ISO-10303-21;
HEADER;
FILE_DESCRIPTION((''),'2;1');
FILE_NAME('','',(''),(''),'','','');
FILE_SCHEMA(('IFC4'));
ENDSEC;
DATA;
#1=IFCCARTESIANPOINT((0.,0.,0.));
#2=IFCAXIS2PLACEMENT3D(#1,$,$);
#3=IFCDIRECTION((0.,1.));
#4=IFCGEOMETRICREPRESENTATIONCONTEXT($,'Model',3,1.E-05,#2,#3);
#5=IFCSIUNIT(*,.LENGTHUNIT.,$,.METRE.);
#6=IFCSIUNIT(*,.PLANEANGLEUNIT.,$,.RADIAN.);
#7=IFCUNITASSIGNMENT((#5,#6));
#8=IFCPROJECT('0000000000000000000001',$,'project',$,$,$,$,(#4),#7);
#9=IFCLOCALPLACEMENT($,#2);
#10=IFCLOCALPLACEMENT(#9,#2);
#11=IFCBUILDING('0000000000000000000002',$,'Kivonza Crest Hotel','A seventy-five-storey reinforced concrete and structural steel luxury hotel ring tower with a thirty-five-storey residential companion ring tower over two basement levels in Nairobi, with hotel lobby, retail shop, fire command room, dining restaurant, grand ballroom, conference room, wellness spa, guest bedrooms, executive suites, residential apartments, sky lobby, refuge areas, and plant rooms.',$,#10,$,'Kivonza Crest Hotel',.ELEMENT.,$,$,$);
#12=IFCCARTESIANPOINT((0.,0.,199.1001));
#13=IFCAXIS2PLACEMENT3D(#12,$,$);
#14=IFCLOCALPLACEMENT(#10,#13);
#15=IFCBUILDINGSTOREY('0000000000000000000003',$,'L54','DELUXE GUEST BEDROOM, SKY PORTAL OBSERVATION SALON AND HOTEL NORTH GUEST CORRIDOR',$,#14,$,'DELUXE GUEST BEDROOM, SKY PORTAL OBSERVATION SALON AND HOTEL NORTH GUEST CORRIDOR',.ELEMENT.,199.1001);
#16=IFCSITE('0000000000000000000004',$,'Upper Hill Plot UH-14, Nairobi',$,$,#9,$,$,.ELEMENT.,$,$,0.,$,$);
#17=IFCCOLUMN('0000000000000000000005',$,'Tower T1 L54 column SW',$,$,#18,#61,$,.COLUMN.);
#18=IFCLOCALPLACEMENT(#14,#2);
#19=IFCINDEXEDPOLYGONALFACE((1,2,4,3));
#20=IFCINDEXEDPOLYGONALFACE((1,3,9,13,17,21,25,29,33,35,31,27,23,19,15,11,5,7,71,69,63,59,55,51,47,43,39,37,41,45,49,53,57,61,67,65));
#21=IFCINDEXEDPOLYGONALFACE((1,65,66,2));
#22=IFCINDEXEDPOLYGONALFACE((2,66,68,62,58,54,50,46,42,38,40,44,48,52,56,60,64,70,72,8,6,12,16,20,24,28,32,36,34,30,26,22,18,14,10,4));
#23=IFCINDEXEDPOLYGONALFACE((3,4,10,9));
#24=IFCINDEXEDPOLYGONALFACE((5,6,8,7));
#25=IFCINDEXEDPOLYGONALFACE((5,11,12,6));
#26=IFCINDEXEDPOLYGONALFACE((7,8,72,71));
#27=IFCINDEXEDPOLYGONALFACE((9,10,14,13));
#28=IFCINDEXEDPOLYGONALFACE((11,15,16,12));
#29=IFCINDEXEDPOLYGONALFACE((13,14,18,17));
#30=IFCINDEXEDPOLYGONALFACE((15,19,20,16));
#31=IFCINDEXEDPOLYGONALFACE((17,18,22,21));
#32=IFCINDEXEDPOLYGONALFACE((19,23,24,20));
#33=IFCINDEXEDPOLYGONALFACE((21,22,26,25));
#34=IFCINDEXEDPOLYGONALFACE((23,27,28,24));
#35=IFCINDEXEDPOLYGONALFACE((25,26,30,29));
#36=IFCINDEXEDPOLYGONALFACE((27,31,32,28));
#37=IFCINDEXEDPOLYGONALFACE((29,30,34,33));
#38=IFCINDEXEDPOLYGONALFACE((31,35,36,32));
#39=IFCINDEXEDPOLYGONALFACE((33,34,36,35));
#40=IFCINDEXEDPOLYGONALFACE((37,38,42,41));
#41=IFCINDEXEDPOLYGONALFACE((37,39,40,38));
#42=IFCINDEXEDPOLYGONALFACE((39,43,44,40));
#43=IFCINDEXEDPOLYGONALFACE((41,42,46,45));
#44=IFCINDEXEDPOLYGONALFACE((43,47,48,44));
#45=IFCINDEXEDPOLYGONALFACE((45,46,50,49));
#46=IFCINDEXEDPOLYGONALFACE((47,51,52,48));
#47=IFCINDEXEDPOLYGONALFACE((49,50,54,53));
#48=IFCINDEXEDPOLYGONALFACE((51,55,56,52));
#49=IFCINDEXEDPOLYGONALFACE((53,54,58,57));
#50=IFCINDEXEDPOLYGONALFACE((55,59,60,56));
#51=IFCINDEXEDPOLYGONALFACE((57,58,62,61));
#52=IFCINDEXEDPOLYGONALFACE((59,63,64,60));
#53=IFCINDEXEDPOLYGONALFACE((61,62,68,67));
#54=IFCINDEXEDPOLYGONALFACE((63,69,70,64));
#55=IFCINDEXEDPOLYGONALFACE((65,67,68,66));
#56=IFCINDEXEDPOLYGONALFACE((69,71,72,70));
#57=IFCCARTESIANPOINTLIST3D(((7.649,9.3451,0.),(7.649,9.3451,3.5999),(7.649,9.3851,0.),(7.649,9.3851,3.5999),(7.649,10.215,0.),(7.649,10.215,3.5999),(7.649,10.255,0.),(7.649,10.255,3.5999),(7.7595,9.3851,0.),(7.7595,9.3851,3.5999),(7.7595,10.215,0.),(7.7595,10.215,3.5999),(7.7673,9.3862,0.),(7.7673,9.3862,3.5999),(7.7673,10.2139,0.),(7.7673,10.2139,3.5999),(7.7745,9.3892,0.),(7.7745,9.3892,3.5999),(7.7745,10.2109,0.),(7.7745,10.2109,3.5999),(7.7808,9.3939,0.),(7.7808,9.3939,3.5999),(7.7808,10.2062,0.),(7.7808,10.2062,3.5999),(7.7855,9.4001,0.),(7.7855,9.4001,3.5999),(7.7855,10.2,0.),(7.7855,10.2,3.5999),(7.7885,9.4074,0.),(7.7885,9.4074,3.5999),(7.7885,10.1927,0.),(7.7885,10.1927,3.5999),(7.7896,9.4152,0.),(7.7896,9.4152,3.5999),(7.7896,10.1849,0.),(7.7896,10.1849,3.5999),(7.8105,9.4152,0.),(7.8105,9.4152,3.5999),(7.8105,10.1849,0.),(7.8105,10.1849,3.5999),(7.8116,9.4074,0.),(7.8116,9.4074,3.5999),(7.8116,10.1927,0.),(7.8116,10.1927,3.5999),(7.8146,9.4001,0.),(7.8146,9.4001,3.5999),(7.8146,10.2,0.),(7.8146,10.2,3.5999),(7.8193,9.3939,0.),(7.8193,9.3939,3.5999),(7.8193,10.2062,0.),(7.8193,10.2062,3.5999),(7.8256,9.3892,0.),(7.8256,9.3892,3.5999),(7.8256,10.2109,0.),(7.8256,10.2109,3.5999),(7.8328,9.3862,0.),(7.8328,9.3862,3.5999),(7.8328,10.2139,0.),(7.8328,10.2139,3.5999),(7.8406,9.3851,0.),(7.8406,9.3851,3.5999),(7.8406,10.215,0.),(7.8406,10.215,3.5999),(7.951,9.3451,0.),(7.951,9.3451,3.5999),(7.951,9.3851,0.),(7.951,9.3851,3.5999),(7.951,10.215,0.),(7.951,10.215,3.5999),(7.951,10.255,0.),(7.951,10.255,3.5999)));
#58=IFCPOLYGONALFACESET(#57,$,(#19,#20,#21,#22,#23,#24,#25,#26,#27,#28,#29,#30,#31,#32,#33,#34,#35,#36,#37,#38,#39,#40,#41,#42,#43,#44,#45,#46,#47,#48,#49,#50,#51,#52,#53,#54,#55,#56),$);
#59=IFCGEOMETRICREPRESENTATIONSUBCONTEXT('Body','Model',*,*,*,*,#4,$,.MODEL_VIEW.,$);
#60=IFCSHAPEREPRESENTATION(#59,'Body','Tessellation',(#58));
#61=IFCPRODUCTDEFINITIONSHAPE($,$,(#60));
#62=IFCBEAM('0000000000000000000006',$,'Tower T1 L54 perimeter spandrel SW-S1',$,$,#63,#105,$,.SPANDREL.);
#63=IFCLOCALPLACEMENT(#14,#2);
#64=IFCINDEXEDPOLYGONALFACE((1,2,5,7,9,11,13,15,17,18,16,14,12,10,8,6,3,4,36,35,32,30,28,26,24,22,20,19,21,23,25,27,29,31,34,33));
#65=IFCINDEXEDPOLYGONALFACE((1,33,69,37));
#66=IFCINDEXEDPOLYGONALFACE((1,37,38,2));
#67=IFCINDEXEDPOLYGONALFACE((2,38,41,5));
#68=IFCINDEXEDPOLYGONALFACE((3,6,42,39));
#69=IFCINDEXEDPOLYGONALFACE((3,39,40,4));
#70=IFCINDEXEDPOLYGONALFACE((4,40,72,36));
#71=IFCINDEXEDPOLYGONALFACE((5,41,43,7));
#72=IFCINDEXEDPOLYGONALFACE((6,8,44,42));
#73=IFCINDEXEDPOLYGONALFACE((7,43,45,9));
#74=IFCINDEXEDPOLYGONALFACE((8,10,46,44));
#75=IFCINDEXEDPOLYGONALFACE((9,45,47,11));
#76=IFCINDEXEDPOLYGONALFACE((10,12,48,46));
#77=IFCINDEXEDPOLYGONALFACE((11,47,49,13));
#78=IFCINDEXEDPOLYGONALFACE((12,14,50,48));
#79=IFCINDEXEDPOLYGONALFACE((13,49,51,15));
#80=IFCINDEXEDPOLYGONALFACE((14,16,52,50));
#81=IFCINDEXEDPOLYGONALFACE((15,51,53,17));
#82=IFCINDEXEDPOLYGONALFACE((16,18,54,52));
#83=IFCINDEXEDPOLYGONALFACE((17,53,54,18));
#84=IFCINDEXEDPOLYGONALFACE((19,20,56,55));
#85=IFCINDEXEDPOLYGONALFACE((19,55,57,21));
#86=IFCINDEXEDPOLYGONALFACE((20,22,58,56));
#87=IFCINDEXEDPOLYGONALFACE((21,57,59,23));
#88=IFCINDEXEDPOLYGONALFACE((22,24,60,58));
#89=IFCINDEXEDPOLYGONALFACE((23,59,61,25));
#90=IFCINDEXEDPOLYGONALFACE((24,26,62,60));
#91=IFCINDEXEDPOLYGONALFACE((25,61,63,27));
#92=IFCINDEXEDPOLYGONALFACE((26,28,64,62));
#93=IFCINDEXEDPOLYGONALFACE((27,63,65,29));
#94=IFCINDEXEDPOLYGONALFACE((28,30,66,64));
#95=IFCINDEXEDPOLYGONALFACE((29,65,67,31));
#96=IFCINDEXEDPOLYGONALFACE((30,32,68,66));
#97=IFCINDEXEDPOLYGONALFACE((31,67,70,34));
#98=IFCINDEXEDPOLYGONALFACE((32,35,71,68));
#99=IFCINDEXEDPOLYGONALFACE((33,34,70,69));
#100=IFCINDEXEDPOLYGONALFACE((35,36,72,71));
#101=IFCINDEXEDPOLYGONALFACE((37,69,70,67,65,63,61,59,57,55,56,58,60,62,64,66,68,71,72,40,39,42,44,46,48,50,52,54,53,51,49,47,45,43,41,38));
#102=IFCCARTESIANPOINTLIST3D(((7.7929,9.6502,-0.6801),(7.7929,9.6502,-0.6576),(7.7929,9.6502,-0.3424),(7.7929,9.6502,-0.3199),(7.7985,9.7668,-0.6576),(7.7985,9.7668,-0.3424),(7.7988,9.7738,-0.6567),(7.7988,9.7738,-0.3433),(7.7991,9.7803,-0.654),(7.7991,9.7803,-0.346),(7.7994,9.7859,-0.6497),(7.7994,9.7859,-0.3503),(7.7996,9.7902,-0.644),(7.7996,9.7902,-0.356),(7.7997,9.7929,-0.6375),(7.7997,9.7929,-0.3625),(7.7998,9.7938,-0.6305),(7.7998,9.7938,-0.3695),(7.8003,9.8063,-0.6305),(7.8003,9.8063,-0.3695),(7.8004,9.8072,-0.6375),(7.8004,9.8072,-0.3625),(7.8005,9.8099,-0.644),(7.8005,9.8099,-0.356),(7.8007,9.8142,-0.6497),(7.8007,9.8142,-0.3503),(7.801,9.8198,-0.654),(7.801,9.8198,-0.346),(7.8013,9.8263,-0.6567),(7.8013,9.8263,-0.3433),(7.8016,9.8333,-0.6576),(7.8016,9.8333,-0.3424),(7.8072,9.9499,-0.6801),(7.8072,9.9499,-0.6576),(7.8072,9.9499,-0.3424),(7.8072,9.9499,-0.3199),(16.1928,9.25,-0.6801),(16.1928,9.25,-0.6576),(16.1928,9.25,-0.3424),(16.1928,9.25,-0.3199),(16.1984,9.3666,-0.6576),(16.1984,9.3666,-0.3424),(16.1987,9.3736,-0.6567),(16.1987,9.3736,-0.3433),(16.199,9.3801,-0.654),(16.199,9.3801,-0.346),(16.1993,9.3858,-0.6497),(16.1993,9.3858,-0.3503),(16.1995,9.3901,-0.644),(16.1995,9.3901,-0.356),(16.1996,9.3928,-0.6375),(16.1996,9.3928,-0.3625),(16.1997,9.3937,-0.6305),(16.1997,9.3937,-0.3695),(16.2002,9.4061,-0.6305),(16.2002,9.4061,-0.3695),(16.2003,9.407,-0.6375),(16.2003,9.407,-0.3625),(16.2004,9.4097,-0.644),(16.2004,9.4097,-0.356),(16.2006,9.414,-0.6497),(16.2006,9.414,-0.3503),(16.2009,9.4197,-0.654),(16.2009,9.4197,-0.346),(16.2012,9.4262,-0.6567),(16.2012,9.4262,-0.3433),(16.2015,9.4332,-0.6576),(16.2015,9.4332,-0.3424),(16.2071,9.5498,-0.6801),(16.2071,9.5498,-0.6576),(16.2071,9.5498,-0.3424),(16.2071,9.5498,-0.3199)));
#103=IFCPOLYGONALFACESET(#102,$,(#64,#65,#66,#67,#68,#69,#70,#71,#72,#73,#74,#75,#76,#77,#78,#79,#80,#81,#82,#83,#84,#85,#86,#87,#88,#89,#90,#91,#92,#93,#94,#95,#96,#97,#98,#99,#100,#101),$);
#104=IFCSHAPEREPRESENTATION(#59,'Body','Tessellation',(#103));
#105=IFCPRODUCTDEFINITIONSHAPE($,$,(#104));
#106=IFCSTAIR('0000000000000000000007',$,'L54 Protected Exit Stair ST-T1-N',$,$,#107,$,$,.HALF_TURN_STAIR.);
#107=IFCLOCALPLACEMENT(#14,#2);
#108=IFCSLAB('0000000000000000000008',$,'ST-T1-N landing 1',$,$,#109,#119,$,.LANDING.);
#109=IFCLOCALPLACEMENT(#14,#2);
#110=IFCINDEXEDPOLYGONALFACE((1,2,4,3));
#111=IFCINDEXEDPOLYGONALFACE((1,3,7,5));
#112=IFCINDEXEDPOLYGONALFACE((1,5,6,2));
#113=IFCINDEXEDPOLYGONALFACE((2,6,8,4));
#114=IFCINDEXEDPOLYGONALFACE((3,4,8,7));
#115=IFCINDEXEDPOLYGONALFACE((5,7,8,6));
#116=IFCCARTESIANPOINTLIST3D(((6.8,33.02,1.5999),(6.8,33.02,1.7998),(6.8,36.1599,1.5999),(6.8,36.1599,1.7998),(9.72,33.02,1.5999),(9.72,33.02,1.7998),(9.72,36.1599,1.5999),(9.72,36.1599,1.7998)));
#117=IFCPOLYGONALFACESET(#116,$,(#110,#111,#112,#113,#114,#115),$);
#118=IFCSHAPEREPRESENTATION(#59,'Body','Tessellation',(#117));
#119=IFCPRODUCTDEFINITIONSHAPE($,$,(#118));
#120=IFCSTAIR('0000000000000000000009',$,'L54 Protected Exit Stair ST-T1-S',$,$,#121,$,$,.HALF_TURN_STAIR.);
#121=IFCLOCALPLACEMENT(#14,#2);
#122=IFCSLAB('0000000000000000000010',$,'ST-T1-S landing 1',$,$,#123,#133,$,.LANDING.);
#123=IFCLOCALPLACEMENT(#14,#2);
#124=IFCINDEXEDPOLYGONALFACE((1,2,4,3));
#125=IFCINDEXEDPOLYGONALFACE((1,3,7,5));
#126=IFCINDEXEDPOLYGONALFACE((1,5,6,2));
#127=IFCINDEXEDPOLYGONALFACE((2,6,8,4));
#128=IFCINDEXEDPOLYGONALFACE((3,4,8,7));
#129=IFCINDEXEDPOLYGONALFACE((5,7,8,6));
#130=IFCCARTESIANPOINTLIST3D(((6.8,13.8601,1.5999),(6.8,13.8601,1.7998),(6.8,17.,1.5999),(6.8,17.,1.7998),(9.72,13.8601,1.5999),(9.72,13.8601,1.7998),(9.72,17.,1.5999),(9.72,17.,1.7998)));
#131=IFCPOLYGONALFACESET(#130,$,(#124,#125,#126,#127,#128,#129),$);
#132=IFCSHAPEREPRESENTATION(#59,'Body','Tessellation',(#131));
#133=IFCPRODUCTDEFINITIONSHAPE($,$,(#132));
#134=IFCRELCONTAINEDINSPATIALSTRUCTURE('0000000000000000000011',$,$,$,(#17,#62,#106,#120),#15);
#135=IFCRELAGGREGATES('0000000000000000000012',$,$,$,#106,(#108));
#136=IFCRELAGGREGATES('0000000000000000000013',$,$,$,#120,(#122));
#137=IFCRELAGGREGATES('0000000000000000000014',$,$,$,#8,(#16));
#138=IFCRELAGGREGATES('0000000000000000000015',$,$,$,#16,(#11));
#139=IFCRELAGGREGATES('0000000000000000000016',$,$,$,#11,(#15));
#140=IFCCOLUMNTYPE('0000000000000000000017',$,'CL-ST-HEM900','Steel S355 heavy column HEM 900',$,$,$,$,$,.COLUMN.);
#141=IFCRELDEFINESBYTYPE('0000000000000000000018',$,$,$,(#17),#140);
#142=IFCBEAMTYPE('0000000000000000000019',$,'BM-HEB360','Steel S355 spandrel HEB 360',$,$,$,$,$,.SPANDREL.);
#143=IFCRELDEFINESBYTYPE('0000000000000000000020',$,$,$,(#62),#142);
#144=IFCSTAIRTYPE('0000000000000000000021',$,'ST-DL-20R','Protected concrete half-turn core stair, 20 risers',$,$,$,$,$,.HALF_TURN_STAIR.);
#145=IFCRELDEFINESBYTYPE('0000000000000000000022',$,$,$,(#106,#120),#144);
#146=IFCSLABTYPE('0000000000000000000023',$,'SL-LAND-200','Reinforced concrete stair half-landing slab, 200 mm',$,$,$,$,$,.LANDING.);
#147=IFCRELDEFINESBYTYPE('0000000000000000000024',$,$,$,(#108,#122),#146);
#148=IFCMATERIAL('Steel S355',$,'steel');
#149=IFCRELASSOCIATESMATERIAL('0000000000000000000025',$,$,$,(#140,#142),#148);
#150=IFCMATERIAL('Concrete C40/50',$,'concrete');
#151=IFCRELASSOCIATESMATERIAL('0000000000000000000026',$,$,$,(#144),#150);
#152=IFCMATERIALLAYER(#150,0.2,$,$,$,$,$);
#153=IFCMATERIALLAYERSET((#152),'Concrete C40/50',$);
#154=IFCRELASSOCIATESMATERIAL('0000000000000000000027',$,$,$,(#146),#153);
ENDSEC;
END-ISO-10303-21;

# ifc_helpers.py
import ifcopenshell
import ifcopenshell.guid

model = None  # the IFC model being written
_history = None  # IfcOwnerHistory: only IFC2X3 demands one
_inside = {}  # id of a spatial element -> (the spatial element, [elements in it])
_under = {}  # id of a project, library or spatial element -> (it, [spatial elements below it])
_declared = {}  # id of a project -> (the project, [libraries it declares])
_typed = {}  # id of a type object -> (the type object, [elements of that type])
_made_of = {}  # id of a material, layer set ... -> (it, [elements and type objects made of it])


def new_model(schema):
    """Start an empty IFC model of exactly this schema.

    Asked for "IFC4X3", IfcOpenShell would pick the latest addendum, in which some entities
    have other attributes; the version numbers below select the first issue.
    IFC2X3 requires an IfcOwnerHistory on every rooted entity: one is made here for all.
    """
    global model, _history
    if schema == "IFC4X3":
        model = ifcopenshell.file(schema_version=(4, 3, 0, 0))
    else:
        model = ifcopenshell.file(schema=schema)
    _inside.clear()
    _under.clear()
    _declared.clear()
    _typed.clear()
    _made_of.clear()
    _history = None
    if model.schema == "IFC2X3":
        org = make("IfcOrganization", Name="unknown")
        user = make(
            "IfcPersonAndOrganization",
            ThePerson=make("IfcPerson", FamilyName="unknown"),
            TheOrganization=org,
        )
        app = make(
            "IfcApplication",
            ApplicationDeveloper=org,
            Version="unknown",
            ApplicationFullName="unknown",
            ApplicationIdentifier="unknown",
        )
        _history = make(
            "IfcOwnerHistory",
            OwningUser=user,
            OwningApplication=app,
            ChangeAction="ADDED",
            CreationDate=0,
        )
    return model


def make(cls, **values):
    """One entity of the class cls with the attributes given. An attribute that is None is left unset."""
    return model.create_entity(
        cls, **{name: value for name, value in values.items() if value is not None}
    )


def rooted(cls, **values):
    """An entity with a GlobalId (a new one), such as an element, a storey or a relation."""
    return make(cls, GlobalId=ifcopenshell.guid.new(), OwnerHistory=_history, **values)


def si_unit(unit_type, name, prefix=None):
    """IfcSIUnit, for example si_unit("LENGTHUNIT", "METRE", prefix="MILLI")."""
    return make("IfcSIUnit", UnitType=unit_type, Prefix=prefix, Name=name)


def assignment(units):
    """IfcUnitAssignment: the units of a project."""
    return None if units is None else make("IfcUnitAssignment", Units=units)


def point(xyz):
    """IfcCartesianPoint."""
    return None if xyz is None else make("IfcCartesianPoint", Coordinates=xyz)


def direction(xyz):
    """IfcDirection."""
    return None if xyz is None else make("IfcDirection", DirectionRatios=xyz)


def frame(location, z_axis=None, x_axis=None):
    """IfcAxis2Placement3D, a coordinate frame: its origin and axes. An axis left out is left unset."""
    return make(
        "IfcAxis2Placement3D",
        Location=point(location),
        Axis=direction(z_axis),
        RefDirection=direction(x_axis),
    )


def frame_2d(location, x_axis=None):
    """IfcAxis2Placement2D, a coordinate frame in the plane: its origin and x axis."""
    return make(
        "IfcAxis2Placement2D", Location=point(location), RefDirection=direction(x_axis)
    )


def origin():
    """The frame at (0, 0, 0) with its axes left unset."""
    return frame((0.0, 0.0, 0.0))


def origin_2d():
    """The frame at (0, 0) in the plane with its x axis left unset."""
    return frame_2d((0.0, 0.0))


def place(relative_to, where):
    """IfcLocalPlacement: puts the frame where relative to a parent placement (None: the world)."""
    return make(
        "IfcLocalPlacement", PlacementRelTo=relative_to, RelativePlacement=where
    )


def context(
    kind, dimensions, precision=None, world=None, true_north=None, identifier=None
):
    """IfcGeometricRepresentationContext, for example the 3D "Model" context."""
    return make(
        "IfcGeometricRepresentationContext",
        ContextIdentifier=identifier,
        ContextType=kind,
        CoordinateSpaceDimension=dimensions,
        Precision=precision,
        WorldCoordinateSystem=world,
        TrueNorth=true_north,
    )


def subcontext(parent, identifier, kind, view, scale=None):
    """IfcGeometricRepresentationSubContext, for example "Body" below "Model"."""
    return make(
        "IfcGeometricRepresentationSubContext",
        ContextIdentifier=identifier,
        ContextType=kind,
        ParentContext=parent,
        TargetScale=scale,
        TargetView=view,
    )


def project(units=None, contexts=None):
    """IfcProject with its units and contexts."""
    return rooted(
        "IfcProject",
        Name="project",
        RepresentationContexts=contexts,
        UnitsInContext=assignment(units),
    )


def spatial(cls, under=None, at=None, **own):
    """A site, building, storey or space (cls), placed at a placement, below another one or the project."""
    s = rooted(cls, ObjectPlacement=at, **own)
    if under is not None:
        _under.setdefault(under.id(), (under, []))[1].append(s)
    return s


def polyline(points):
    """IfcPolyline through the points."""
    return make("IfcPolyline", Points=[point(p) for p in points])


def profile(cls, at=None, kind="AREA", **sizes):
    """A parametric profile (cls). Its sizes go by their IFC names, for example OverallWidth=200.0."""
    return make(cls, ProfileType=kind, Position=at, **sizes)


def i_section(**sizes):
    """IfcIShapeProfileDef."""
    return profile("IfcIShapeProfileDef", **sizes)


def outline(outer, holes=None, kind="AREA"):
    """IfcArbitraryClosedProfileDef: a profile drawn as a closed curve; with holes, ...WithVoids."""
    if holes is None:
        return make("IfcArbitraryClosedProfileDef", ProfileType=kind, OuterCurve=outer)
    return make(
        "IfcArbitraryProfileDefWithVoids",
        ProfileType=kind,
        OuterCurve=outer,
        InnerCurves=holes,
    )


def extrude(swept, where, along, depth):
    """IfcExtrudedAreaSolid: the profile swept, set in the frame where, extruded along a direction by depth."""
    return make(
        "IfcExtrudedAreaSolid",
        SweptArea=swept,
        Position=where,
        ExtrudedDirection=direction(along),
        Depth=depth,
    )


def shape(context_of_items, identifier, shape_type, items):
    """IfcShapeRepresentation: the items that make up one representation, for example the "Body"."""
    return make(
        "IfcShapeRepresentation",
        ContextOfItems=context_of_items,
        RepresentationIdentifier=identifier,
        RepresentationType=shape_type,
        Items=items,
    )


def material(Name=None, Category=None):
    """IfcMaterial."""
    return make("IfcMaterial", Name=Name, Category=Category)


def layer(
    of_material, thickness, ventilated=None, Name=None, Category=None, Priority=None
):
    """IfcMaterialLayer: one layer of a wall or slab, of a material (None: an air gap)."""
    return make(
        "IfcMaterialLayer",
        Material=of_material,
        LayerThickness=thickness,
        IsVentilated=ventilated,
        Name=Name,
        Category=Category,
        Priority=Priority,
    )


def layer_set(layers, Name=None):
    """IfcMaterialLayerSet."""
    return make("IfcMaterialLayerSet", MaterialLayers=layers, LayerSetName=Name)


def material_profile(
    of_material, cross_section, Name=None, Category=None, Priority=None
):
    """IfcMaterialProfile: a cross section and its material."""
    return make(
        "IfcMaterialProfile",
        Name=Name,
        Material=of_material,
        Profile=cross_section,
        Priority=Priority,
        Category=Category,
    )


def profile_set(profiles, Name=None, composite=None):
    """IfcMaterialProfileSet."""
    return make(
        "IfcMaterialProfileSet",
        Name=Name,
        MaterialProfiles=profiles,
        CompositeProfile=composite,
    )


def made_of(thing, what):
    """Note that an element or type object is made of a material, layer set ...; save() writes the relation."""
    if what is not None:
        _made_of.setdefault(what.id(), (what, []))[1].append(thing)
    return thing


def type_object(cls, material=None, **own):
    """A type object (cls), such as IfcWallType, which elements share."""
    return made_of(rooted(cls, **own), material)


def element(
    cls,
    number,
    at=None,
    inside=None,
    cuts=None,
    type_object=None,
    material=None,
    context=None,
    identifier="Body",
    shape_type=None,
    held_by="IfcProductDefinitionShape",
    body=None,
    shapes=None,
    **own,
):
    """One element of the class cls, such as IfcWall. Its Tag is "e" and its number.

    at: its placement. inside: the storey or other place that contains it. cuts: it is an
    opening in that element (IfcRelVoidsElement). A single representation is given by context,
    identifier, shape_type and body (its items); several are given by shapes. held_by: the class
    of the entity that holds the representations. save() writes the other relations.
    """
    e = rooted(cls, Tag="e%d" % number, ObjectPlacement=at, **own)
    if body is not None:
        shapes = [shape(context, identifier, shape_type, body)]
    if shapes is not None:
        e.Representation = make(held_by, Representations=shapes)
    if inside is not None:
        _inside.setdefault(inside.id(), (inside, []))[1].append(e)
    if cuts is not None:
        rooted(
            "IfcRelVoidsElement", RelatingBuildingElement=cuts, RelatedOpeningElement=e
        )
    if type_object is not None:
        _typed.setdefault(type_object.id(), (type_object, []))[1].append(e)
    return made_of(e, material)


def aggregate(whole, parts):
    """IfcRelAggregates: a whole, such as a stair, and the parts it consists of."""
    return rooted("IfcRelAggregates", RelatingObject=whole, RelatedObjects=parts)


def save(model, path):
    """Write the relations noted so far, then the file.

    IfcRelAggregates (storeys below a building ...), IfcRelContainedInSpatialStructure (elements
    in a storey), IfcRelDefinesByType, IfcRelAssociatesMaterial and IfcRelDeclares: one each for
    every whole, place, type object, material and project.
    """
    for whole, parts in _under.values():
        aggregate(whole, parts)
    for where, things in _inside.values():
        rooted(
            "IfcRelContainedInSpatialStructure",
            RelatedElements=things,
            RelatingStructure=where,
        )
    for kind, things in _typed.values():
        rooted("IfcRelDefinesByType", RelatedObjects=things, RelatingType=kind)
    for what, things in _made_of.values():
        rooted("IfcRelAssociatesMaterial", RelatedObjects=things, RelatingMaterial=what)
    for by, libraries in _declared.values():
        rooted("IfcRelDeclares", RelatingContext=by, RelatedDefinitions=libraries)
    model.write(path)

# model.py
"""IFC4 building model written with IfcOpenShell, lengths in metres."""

from ifc_helpers import new_model, si_unit, direction, frame, origin, origin_2d, place, context, subcontext, project, spatial, polyline, i_section, outline, extrude, material, layer, layer_set, material_profile, profile_set, type_object, element, aggregate, save


model = new_model("IFC4")

# Units and contexts
model_context = context("Model", 3, precision=1e-05, world=origin(), true_north=direction((0.0, 1.0)))
body_context = subcontext(model_context, "Body", "Model", "MODEL_VIEW")
ifc_project = project(units=[si_unit("LENGTHUNIT", "METRE"), si_unit("PLANEANGLEUNIT", "RADIAN")], contexts=[model_context])

# Site, building, storey
site_placement = place(None, origin())
site = spatial("IfcSite", under=ifc_project, at=site_placement, Name="Upper Hill Plot UH-14, Nairobi", CompositionType="ELEMENT", RefElevation=0.0)
building_placement = place(site_placement, origin())
building = spatial("IfcBuilding", under=site, at=building_placement, Name="Kivonza Crest Hotel", Description="A seventy-five-storey reinforced concrete and structural steel luxury hotel ring tower with a thirty-five-storey residential companion ring tower over two basement levels in Nairobi, with hotel lobby, retail shop, fire command room, dining restaurant, grand ballroom, conference room, wellness spa, guest bedrooms, executive suites, residential apartments, sky lobby, refuge areas, and plant rooms.", LongName="Kivonza Crest Hotel", CompositionType="ELEMENT")
storey_placement = place(building_placement, frame((0.0, 0.0, 199.1001)))
storey = spatial("IfcBuildingStorey", under=building, at=storey_placement, Name="L54", Description="DELUXE GUEST BEDROOM, SKY PORTAL OBSERVATION SALON AND HOTEL NORTH GUEST CORRIDOR", LongName="DELUXE GUEST BEDROOM, SKY PORTAL OBSERVATION SALON AND HOTEL NORTH GUEST CORRIDOR", CompositionType="ELEMENT", Elevation=199.1001)

# Column
ifc_material_1 = material(Name="Steel S355", Category="steel")
ifc_material_profile_1 = material_profile(ifc_material_1, i_section(OverallWidth=0.302, OverallDepth=0.9099, WebThickness=0.021, FlangeThickness=0.04, FilletRadius=0.03, at=origin_2d()), Name="HEM 900")
ifc_profile_set_1 = profile_set([ifc_material_profile_1], Name="Steel S355")
column_type = type_object("IfcColumnType", Name="CL-ST-HEM900", Description="Steel S355 heavy column HEM 900", PredefinedType="COLUMN", material=ifc_profile_set_1)
column_placement = place(storey_placement, frame((7.8, 9.8, 0.0), z_axis=(0.0, 0.0, 1.0), x_axis=(1.0, 0.0, 0.0)))
element("IfcColumn", 1, at=column_placement, inside=storey, type_object=column_type, Name="Tower T1 L54 column SW", PredefinedType="COLUMN", context=body_context, shape_type="SweptSolid", body=[
    extrude(i_section(OverallWidth=0.302, OverallDepth=0.9099, WebThickness=0.021, FlangeThickness=0.04, FilletRadius=0.03, at=origin_2d()), origin(), (0.0, 0.0, 1.0), 3.5999),
])

# Beam
ifc_material_profile_2 = material_profile(ifc_material_1, i_section(OverallWidth=0.3, OverallDepth=0.3601, WebThickness=0.0125, FlangeThickness=0.0225, FilletRadius=0.0271, at=origin_2d()), Name="HEB 360")
ifc_profile_set_2 = profile_set([ifc_material_profile_2], Name="Steel S355")
beam_type = type_object("IfcBeamType", Name="BM-HEB360", Description="Steel S355 spandrel HEB 360", PredefinedType="SPANDREL", material=ifc_profile_set_2)
beam_placement = place(storey_placement, frame((7.8, 9.8, -0.5), z_axis=(0.998867, -0.047583, 0.0), x_axis=(0.047583, 0.998867, 0.0)))
element("IfcBeam", 2, at=beam_placement, inside=storey, type_object=beam_type, Name="Tower T1 L54 perimeter spandrel SW-S1", PredefinedType="SPANDREL", context=body_context, shape_type="SweptSolid", body=[
    extrude(i_section(OverallWidth=0.3, OverallDepth=0.3601, WebThickness=0.0125, FlangeThickness=0.0225, FilletRadius=0.0271, at=origin_2d()), origin(), (0.0, 0.0, 1.0), 8.4094),
])

# Stairs, slabs
ifc_material_2 = material(Name="Concrete C40/50", Category="concrete")
stair_type = type_object("IfcStairType", Name="ST-DL-20R", Description="Protected concrete half-turn core stair, 20 risers", PredefinedType="HALF_TURN_STAIR", material=ifc_material_2)
stair_1_placement = place(storey_placement, origin())
stair_1 = element("IfcStair", 3, at=stair_1_placement, inside=storey, type_object=stair_type, Name="L54 Protected Exit Stair ST-T1-N", PredefinedType="HALF_TURN_STAIR")
ifc_layer_1 = layer(ifc_material_2, 0.2)
ifc_layer_set_1 = layer_set([ifc_layer_1], Name="Concrete C40/50")
slab_type_1 = type_object("IfcSlabType", Name="SL-LAND-200", Description="Reinforced concrete stair half-landing slab, 200 mm", PredefinedType="LANDING", material=ifc_layer_set_1)
slab_1_placement = place(storey_placement, frame((0.0, 0.0, 1.5999)))
slab_1 = element("IfcSlab", 4, at=slab_1_placement, type_object=slab_type_1, Name="ST-T1-N landing 1", PredefinedType="LANDING", context=body_context, shape_type="SweptSolid", body=[
    extrude(outline(polyline([(9.72, 36.1599), (6.8, 36.1599), (6.8, 33.02), (9.72, 33.02), (9.72, 36.1599)])), origin(), (0.0, 0.0, 1.0), 0.2),
])
aggregate(stair_1, [slab_1])
stair_2_placement = place(storey_placement, origin())
stair_2 = element("IfcStair", 5, at=stair_2_placement, inside=storey, type_object=stair_type, Name="L54 Protected Exit Stair ST-T1-S", PredefinedType="HALF_TURN_STAIR")
slab_2_placement = place(storey_placement, frame((0.0, 0.0, 1.5999)))
slab_2 = element("IfcSlab", 6, at=slab_2_placement, type_object=slab_type_1, Name="ST-T1-S landing 1", PredefinedType="LANDING", context=body_context, shape_type="SweptSolid", body=[
    extrude(outline(polyline([(9.72, 17.0), (6.8, 17.0), (6.8, 13.8601), (9.72, 13.8601), (9.72, 17.0)])), origin(), (0.0, 0.0, 1.0), 0.2),
])
aggregate(stair_2, [slab_2])

save(model, "model.ifc")
